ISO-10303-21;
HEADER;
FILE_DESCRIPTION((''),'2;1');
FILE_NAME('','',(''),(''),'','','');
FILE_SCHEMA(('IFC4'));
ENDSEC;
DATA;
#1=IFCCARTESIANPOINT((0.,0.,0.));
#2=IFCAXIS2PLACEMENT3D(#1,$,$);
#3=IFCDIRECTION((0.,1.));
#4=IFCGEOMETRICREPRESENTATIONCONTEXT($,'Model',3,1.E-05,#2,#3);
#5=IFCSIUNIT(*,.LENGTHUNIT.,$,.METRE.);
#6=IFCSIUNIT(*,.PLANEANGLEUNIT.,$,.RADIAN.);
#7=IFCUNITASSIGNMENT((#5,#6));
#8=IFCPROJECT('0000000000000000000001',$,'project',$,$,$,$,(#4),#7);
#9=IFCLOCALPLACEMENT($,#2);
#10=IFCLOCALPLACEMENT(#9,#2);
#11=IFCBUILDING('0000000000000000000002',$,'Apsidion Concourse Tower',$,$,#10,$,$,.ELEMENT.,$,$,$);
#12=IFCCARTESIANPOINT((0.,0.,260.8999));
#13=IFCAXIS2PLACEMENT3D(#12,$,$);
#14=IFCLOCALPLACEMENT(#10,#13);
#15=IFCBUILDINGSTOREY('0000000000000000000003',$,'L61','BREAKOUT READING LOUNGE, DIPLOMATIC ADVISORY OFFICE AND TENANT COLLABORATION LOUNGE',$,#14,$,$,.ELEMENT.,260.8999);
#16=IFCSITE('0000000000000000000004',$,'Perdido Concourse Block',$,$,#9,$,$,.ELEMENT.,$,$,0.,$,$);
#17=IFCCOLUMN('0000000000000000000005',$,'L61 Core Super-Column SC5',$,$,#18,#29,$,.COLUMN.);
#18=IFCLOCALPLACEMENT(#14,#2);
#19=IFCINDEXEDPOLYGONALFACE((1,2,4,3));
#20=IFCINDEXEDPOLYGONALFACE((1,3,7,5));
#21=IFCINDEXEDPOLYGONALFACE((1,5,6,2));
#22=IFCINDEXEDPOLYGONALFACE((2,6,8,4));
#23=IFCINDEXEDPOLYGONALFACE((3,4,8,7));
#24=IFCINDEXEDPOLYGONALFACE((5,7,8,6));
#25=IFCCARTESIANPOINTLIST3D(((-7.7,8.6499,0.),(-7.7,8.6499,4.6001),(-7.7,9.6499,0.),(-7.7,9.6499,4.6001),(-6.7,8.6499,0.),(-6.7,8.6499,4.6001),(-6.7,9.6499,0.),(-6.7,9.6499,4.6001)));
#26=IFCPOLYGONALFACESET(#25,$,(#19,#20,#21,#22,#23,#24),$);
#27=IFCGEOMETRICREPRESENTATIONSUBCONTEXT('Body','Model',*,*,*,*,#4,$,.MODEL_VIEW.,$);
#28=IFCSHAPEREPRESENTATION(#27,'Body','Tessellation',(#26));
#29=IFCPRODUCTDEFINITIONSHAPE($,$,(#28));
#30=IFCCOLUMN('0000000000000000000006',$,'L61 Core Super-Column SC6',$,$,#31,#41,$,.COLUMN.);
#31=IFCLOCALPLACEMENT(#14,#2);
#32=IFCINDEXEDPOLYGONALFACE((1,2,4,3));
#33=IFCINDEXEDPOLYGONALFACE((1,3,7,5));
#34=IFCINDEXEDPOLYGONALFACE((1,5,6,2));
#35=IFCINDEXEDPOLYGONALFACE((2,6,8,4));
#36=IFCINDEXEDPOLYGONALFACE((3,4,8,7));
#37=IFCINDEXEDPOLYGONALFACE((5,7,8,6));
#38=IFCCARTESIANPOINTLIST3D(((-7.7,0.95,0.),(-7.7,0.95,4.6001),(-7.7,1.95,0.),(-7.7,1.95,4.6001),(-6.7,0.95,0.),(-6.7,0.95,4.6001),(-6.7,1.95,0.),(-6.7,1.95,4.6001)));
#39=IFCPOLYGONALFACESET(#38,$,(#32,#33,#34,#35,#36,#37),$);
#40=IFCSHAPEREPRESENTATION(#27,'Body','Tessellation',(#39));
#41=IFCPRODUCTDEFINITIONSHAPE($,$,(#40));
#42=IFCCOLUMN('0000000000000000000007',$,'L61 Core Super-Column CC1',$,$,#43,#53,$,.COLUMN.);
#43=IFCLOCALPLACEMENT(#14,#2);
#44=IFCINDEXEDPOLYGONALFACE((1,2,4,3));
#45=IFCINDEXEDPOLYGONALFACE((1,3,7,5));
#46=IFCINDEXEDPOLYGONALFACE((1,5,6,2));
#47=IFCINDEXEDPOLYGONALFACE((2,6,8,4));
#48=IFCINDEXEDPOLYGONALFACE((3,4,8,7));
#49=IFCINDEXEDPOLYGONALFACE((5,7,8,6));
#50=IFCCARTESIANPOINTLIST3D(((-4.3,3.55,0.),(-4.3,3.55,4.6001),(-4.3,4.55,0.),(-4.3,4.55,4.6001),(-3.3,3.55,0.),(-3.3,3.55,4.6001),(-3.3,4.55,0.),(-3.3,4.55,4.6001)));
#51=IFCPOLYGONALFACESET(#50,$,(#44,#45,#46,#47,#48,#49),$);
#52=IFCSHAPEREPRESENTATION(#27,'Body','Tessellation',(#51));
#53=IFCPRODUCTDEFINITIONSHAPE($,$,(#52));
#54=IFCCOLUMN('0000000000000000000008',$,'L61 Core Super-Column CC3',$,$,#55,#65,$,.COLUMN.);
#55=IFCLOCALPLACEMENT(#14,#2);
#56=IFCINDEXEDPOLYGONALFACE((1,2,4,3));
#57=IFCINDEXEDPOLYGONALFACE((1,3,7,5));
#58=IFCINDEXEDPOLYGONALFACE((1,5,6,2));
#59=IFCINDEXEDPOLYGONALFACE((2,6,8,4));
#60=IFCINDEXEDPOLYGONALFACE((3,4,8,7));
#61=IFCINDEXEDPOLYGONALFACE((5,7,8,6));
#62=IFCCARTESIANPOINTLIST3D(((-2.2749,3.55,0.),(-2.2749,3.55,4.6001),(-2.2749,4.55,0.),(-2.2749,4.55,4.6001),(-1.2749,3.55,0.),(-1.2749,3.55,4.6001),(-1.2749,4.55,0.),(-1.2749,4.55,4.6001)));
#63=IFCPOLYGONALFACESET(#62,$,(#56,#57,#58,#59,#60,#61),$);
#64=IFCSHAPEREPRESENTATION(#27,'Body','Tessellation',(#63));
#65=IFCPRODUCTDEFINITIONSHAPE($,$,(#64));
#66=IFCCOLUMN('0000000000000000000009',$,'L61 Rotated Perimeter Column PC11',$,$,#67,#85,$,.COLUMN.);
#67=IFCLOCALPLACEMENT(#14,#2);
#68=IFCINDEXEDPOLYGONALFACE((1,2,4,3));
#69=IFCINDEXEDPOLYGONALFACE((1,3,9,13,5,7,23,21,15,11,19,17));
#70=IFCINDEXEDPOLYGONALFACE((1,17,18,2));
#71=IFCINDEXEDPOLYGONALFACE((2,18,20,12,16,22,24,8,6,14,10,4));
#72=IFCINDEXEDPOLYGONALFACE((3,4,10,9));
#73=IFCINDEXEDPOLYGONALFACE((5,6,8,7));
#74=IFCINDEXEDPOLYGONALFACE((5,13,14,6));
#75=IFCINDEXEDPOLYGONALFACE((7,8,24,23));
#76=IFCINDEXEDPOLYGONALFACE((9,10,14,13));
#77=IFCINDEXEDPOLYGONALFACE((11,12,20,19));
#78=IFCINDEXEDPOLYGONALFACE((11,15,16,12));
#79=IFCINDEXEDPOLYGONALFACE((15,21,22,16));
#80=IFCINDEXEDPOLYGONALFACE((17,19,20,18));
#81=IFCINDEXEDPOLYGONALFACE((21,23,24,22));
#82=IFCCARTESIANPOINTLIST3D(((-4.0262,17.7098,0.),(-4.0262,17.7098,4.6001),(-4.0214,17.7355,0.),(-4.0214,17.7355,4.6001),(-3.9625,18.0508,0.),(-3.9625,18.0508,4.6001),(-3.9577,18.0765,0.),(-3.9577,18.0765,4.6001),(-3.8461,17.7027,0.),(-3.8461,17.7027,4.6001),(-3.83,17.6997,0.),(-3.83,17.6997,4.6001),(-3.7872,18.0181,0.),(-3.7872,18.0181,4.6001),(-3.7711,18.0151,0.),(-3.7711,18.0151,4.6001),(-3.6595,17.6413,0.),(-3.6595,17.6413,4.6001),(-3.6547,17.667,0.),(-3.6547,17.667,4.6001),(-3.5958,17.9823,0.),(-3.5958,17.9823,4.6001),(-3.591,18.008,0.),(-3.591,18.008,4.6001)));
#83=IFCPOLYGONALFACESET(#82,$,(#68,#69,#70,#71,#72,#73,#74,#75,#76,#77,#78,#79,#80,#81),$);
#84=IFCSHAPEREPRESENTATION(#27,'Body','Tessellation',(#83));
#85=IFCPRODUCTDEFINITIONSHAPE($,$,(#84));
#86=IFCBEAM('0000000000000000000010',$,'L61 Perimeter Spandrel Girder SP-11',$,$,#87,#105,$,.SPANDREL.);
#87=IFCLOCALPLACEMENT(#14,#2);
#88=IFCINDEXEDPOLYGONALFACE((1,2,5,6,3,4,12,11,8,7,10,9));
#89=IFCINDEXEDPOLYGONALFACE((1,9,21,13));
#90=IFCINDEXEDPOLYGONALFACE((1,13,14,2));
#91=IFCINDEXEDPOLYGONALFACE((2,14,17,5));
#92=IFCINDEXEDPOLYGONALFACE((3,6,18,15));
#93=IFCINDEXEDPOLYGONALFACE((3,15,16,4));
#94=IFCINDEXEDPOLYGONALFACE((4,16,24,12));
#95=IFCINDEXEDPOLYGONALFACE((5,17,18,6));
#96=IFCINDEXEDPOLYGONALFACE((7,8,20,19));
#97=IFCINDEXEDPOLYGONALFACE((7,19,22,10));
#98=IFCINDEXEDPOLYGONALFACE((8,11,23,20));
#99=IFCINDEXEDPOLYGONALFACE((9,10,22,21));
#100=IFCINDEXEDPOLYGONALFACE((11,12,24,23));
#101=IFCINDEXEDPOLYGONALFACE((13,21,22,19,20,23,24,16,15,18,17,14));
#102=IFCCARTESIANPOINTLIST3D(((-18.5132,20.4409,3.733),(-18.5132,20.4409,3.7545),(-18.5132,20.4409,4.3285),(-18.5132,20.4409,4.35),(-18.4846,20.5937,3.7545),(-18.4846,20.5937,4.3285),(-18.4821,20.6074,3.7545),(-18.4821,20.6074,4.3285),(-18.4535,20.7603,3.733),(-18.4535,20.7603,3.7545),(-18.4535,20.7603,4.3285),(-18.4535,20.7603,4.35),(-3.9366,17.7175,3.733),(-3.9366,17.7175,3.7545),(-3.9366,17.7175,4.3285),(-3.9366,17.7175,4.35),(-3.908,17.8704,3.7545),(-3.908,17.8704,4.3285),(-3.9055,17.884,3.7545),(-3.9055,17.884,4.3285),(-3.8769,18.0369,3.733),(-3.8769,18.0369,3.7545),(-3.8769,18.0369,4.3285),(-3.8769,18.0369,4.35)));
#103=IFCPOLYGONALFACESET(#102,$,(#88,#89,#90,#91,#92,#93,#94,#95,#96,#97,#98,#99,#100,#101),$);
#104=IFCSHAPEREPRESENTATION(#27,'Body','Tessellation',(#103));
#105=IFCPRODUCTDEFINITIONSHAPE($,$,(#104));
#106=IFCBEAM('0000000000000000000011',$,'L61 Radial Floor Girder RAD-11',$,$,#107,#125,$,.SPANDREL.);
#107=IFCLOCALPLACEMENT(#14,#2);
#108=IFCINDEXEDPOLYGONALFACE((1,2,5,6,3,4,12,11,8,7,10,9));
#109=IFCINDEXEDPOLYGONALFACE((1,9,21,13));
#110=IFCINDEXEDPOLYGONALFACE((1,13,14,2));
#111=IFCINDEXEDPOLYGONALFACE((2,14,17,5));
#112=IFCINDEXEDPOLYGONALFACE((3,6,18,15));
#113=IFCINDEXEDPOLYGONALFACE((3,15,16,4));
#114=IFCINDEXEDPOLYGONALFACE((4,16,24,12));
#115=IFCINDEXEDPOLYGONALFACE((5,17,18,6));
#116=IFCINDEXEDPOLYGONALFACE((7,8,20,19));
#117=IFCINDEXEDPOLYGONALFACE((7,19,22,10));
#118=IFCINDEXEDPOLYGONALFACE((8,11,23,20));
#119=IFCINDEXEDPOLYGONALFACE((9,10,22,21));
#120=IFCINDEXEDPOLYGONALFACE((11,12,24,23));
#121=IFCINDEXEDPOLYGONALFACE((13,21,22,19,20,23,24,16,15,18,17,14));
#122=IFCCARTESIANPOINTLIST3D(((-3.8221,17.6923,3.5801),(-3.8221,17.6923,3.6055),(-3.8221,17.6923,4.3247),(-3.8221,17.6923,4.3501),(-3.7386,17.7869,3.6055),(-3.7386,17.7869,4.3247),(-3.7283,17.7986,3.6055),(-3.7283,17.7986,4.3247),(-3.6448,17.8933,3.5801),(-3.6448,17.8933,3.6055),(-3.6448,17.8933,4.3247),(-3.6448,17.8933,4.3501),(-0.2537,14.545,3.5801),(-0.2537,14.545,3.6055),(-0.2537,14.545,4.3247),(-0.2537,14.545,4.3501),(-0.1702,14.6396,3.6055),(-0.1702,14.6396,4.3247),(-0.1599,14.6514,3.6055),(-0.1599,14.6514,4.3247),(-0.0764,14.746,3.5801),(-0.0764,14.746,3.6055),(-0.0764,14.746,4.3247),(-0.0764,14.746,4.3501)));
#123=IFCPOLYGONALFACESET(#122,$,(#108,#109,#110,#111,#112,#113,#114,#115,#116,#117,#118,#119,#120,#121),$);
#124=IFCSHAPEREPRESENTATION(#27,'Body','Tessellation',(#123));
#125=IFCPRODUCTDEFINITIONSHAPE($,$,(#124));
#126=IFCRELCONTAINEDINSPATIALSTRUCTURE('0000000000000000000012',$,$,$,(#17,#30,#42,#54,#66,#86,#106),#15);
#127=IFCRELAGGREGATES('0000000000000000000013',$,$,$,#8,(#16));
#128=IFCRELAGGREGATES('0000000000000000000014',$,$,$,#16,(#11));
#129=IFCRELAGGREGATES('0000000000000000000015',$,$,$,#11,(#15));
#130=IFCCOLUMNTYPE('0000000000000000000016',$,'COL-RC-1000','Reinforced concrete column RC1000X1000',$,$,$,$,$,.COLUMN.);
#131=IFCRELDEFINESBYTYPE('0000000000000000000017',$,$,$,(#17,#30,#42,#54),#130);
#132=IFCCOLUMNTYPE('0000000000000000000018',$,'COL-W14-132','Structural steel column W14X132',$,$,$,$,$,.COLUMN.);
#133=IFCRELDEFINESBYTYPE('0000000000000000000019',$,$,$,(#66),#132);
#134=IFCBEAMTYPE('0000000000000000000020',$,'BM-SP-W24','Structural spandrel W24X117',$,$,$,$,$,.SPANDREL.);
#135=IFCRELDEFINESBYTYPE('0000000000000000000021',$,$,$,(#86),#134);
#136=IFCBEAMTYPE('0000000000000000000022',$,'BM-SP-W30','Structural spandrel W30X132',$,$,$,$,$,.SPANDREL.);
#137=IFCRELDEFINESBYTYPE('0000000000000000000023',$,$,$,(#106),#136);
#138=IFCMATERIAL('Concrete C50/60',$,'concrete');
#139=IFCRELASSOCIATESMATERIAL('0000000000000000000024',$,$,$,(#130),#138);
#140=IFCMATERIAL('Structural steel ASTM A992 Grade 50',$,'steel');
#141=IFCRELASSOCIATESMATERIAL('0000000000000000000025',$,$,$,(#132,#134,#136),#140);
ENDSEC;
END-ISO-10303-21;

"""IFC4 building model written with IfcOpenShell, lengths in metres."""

from ifc_helpers import new_model, si_unit, direction, frame, origin, origin_2d, place, context, subcontext, project, spatial, rectangle, i_section, extrude, material, material_profile, profile_set, type_object, element, save


model = new_model("IFC4")

# Units and contexts
model_context = context("Model", 3, precision=1e-05, world=origin(), true_north=direction((0.0, 1.0)))
body_context = subcontext(model_context, "Body", "Model", "MODEL_VIEW")
ifc_project = project(units=[si_unit("LENGTHUNIT", "METRE"), si_unit("PLANEANGLEUNIT", "RADIAN")], contexts=[model_context])

# Site, building, storey
site_placement = place(None, origin())
site = spatial("IfcSite", under=ifc_project, at=site_placement, Name="Perdido Concourse Block", CompositionType="ELEMENT", RefElevation=0.0)
building_placement = place(site_placement, origin())
building = spatial("IfcBuilding", under=site, at=building_placement, Name="Apsidion Concourse Tower", CompositionType="ELEMENT")
storey_placement = place(building_placement, frame((0.0, 0.0, 260.8999)))
storey = spatial("IfcBuildingStorey", under=building, at=storey_placement, Name="L61", Description="BREAKOUT READING LOUNGE, DIPLOMATIC ADVISORY OFFICE AND TENANT COLLABORATION LOUNGE", CompositionType="ELEMENT", Elevation=260.8999)

# Columns
ifc_material_1 = material(Name="Concrete C50/60", Category="concrete")
ifc_material_profile_1 = material_profile(ifc_material_1, rectangle(XDim=1.0, YDim=1.0, at=origin_2d()), Name="RC 1000x1000")
ifc_profile_set_1 = profile_set([ifc_material_profile_1], Name="Concrete C50/60")
column_type_1 = type_object("IfcColumnType", Name="COL-RC-1000", Description="Reinforced concrete column RC1000X1000", PredefinedType="COLUMN", material=ifc_profile_set_1)
for number, where, z_axis, x_axis, name in (
    (1, (-7.2, 9.1499, 0.0), (0.0, 0.0, 1.0), (1.0, 0.0, 0.0), "L61 Core Super-Column SC5"),
    (2, (-7.2, 1.45, 0.0), (0.0, 0.0, 1.0), (1.0, 0.0, 0.0), "L61 Core Super-Column SC6"),
    (3, (-3.8, 4.05, 0.0), (0.0, 0.0, 1.0), (1.0, 0.0, 0.0), "L61 Core Super-Column CC1"),
    (4, (-1.7749, 4.05, 0.0), (0.0, 0.0, 1.0), (1.0, 0.0, 0.0), "L61 Core Super-Column CC3"),
):
    element("IfcColumn", number, at=place(storey_placement, frame(where, z_axis=z_axis, x_axis=x_axis)), inside=storey, type_object=column_type_1, Name=name, PredefinedType="COLUMN", context=body_context, shape_type="SweptSolid", body=[
        extrude(rectangle(XDim=1.0, YDim=1.0, at=origin_2d()), origin(), (0.0, 0.0, 1.0), 4.6001),
    ])
ifc_material_2 = material(Name="Structural steel ASTM A992 Grade 50", Category="steel")
ifc_material_profile_2 = material_profile(ifc_material_2, i_section(OverallWidth=0.373, OverallDepth=0.373, WebThickness=0.0164, FlangeThickness=0.0261, at=origin_2d()), Name="W14X132")
ifc_profile_set_2 = profile_set([ifc_material_profile_2], Name="Structural steel ASTM A992 Grade 50")
column_type_2 = type_object("IfcColumnType", Name="COL-W14-132", Description="Structural steel column W14X132", PredefinedType="COLUMN", material=ifc_profile_set_2)
column_placement = place(storey_placement, frame((-3.8086, 17.8589, 0.0), z_axis=(0.0, 0.0, 1.0), x_axis=(-0.983, 0.183608, 0.0)))
element("IfcColumn", 5, at=column_placement, inside=storey, type_object=column_type_2, Name="L61 Rotated Perimeter Column PC11", PredefinedType="COLUMN", context=body_context, shape_type="SweptSolid", body=[
    extrude(i_section(OverallWidth=0.373, OverallDepth=0.373, WebThickness=0.0164, FlangeThickness=0.0261, at=origin_2d()), origin(), (0.0, 0.0, 1.0), 4.6001),
])

# Beams
ifc_material_profile_3 = material_profile(ifc_material_2, i_section(OverallWidth=0.325, OverallDepth=0.6169, WebThickness=0.0139, FlangeThickness=0.0215, at=origin_2d()), Name="W24X117")
ifc_profile_set_3 = profile_set([ifc_material_profile_3], Name="Structural steel ASTM A992 Grade 50")
beam_type_1 = type_object("IfcBeamType", Name="BM-SP-W24", Description="Structural spandrel W24X117", PredefinedType="SPANDREL", material=ifc_profile_set_3)
beam_1_placement = place(storey_placement, frame((-3.9067, 17.8772, 4.0415), z_axis=(-0.982991, 0.183654, 0.0), x_axis=(-0.183654, -0.982991, 0.0)))
element("IfcBeam", 6, at=beam_1_placement, inside=storey, type_object=beam_type_1, Name="L61 Perimeter Spandrel Girder SP-11", PredefinedType="SPANDREL", context=body_context, shape_type="SweptSolid", body=[
    extrude(i_section(OverallWidth=0.325, OverallDepth=0.6169, WebThickness=0.0139, FlangeThickness=0.0215, at=origin_2d()), origin(), (0.0, 0.0, 1.0), 14.8289),
])
ifc_material_profile_4 = material_profile(ifc_material_2, i_section(OverallWidth=0.2681, OverallDepth=0.77, WebThickness=0.0156, FlangeThickness=0.0254, at=origin_2d()), Name="W30X132")
ifc_profile_set_4 = profile_set([ifc_material_profile_4], Name="Structural steel ASTM A992 Grade 50")
beam_type_2 = type_object("IfcBeamType", Name="BM-SP-W30", Description="Structural spandrel W30X132", PredefinedType="SPANDREL", material=ifc_profile_set_4)
beam_2_placement = place(storey_placement, frame((-0.165, 14.6455, 3.9651), z_axis=(-0.749977, 0.661464, 0.0), x_axis=(-0.661464, -0.749977, 0.0)))
element("IfcBeam", 7, at=beam_2_placement, inside=storey, type_object=beam_type_2, Name="L61 Radial Floor Girder RAD-11", PredefinedType="SPANDREL", context=body_context, shape_type="SweptSolid", body=[
    extrude(i_section(OverallWidth=0.2681, OverallDepth=0.77, WebThickness=0.0156, FlangeThickness=0.0254, at=origin_2d()), origin(), (0.0, 0.0, 1.0), 4.7581),
])

save(model, "model.ifc")
